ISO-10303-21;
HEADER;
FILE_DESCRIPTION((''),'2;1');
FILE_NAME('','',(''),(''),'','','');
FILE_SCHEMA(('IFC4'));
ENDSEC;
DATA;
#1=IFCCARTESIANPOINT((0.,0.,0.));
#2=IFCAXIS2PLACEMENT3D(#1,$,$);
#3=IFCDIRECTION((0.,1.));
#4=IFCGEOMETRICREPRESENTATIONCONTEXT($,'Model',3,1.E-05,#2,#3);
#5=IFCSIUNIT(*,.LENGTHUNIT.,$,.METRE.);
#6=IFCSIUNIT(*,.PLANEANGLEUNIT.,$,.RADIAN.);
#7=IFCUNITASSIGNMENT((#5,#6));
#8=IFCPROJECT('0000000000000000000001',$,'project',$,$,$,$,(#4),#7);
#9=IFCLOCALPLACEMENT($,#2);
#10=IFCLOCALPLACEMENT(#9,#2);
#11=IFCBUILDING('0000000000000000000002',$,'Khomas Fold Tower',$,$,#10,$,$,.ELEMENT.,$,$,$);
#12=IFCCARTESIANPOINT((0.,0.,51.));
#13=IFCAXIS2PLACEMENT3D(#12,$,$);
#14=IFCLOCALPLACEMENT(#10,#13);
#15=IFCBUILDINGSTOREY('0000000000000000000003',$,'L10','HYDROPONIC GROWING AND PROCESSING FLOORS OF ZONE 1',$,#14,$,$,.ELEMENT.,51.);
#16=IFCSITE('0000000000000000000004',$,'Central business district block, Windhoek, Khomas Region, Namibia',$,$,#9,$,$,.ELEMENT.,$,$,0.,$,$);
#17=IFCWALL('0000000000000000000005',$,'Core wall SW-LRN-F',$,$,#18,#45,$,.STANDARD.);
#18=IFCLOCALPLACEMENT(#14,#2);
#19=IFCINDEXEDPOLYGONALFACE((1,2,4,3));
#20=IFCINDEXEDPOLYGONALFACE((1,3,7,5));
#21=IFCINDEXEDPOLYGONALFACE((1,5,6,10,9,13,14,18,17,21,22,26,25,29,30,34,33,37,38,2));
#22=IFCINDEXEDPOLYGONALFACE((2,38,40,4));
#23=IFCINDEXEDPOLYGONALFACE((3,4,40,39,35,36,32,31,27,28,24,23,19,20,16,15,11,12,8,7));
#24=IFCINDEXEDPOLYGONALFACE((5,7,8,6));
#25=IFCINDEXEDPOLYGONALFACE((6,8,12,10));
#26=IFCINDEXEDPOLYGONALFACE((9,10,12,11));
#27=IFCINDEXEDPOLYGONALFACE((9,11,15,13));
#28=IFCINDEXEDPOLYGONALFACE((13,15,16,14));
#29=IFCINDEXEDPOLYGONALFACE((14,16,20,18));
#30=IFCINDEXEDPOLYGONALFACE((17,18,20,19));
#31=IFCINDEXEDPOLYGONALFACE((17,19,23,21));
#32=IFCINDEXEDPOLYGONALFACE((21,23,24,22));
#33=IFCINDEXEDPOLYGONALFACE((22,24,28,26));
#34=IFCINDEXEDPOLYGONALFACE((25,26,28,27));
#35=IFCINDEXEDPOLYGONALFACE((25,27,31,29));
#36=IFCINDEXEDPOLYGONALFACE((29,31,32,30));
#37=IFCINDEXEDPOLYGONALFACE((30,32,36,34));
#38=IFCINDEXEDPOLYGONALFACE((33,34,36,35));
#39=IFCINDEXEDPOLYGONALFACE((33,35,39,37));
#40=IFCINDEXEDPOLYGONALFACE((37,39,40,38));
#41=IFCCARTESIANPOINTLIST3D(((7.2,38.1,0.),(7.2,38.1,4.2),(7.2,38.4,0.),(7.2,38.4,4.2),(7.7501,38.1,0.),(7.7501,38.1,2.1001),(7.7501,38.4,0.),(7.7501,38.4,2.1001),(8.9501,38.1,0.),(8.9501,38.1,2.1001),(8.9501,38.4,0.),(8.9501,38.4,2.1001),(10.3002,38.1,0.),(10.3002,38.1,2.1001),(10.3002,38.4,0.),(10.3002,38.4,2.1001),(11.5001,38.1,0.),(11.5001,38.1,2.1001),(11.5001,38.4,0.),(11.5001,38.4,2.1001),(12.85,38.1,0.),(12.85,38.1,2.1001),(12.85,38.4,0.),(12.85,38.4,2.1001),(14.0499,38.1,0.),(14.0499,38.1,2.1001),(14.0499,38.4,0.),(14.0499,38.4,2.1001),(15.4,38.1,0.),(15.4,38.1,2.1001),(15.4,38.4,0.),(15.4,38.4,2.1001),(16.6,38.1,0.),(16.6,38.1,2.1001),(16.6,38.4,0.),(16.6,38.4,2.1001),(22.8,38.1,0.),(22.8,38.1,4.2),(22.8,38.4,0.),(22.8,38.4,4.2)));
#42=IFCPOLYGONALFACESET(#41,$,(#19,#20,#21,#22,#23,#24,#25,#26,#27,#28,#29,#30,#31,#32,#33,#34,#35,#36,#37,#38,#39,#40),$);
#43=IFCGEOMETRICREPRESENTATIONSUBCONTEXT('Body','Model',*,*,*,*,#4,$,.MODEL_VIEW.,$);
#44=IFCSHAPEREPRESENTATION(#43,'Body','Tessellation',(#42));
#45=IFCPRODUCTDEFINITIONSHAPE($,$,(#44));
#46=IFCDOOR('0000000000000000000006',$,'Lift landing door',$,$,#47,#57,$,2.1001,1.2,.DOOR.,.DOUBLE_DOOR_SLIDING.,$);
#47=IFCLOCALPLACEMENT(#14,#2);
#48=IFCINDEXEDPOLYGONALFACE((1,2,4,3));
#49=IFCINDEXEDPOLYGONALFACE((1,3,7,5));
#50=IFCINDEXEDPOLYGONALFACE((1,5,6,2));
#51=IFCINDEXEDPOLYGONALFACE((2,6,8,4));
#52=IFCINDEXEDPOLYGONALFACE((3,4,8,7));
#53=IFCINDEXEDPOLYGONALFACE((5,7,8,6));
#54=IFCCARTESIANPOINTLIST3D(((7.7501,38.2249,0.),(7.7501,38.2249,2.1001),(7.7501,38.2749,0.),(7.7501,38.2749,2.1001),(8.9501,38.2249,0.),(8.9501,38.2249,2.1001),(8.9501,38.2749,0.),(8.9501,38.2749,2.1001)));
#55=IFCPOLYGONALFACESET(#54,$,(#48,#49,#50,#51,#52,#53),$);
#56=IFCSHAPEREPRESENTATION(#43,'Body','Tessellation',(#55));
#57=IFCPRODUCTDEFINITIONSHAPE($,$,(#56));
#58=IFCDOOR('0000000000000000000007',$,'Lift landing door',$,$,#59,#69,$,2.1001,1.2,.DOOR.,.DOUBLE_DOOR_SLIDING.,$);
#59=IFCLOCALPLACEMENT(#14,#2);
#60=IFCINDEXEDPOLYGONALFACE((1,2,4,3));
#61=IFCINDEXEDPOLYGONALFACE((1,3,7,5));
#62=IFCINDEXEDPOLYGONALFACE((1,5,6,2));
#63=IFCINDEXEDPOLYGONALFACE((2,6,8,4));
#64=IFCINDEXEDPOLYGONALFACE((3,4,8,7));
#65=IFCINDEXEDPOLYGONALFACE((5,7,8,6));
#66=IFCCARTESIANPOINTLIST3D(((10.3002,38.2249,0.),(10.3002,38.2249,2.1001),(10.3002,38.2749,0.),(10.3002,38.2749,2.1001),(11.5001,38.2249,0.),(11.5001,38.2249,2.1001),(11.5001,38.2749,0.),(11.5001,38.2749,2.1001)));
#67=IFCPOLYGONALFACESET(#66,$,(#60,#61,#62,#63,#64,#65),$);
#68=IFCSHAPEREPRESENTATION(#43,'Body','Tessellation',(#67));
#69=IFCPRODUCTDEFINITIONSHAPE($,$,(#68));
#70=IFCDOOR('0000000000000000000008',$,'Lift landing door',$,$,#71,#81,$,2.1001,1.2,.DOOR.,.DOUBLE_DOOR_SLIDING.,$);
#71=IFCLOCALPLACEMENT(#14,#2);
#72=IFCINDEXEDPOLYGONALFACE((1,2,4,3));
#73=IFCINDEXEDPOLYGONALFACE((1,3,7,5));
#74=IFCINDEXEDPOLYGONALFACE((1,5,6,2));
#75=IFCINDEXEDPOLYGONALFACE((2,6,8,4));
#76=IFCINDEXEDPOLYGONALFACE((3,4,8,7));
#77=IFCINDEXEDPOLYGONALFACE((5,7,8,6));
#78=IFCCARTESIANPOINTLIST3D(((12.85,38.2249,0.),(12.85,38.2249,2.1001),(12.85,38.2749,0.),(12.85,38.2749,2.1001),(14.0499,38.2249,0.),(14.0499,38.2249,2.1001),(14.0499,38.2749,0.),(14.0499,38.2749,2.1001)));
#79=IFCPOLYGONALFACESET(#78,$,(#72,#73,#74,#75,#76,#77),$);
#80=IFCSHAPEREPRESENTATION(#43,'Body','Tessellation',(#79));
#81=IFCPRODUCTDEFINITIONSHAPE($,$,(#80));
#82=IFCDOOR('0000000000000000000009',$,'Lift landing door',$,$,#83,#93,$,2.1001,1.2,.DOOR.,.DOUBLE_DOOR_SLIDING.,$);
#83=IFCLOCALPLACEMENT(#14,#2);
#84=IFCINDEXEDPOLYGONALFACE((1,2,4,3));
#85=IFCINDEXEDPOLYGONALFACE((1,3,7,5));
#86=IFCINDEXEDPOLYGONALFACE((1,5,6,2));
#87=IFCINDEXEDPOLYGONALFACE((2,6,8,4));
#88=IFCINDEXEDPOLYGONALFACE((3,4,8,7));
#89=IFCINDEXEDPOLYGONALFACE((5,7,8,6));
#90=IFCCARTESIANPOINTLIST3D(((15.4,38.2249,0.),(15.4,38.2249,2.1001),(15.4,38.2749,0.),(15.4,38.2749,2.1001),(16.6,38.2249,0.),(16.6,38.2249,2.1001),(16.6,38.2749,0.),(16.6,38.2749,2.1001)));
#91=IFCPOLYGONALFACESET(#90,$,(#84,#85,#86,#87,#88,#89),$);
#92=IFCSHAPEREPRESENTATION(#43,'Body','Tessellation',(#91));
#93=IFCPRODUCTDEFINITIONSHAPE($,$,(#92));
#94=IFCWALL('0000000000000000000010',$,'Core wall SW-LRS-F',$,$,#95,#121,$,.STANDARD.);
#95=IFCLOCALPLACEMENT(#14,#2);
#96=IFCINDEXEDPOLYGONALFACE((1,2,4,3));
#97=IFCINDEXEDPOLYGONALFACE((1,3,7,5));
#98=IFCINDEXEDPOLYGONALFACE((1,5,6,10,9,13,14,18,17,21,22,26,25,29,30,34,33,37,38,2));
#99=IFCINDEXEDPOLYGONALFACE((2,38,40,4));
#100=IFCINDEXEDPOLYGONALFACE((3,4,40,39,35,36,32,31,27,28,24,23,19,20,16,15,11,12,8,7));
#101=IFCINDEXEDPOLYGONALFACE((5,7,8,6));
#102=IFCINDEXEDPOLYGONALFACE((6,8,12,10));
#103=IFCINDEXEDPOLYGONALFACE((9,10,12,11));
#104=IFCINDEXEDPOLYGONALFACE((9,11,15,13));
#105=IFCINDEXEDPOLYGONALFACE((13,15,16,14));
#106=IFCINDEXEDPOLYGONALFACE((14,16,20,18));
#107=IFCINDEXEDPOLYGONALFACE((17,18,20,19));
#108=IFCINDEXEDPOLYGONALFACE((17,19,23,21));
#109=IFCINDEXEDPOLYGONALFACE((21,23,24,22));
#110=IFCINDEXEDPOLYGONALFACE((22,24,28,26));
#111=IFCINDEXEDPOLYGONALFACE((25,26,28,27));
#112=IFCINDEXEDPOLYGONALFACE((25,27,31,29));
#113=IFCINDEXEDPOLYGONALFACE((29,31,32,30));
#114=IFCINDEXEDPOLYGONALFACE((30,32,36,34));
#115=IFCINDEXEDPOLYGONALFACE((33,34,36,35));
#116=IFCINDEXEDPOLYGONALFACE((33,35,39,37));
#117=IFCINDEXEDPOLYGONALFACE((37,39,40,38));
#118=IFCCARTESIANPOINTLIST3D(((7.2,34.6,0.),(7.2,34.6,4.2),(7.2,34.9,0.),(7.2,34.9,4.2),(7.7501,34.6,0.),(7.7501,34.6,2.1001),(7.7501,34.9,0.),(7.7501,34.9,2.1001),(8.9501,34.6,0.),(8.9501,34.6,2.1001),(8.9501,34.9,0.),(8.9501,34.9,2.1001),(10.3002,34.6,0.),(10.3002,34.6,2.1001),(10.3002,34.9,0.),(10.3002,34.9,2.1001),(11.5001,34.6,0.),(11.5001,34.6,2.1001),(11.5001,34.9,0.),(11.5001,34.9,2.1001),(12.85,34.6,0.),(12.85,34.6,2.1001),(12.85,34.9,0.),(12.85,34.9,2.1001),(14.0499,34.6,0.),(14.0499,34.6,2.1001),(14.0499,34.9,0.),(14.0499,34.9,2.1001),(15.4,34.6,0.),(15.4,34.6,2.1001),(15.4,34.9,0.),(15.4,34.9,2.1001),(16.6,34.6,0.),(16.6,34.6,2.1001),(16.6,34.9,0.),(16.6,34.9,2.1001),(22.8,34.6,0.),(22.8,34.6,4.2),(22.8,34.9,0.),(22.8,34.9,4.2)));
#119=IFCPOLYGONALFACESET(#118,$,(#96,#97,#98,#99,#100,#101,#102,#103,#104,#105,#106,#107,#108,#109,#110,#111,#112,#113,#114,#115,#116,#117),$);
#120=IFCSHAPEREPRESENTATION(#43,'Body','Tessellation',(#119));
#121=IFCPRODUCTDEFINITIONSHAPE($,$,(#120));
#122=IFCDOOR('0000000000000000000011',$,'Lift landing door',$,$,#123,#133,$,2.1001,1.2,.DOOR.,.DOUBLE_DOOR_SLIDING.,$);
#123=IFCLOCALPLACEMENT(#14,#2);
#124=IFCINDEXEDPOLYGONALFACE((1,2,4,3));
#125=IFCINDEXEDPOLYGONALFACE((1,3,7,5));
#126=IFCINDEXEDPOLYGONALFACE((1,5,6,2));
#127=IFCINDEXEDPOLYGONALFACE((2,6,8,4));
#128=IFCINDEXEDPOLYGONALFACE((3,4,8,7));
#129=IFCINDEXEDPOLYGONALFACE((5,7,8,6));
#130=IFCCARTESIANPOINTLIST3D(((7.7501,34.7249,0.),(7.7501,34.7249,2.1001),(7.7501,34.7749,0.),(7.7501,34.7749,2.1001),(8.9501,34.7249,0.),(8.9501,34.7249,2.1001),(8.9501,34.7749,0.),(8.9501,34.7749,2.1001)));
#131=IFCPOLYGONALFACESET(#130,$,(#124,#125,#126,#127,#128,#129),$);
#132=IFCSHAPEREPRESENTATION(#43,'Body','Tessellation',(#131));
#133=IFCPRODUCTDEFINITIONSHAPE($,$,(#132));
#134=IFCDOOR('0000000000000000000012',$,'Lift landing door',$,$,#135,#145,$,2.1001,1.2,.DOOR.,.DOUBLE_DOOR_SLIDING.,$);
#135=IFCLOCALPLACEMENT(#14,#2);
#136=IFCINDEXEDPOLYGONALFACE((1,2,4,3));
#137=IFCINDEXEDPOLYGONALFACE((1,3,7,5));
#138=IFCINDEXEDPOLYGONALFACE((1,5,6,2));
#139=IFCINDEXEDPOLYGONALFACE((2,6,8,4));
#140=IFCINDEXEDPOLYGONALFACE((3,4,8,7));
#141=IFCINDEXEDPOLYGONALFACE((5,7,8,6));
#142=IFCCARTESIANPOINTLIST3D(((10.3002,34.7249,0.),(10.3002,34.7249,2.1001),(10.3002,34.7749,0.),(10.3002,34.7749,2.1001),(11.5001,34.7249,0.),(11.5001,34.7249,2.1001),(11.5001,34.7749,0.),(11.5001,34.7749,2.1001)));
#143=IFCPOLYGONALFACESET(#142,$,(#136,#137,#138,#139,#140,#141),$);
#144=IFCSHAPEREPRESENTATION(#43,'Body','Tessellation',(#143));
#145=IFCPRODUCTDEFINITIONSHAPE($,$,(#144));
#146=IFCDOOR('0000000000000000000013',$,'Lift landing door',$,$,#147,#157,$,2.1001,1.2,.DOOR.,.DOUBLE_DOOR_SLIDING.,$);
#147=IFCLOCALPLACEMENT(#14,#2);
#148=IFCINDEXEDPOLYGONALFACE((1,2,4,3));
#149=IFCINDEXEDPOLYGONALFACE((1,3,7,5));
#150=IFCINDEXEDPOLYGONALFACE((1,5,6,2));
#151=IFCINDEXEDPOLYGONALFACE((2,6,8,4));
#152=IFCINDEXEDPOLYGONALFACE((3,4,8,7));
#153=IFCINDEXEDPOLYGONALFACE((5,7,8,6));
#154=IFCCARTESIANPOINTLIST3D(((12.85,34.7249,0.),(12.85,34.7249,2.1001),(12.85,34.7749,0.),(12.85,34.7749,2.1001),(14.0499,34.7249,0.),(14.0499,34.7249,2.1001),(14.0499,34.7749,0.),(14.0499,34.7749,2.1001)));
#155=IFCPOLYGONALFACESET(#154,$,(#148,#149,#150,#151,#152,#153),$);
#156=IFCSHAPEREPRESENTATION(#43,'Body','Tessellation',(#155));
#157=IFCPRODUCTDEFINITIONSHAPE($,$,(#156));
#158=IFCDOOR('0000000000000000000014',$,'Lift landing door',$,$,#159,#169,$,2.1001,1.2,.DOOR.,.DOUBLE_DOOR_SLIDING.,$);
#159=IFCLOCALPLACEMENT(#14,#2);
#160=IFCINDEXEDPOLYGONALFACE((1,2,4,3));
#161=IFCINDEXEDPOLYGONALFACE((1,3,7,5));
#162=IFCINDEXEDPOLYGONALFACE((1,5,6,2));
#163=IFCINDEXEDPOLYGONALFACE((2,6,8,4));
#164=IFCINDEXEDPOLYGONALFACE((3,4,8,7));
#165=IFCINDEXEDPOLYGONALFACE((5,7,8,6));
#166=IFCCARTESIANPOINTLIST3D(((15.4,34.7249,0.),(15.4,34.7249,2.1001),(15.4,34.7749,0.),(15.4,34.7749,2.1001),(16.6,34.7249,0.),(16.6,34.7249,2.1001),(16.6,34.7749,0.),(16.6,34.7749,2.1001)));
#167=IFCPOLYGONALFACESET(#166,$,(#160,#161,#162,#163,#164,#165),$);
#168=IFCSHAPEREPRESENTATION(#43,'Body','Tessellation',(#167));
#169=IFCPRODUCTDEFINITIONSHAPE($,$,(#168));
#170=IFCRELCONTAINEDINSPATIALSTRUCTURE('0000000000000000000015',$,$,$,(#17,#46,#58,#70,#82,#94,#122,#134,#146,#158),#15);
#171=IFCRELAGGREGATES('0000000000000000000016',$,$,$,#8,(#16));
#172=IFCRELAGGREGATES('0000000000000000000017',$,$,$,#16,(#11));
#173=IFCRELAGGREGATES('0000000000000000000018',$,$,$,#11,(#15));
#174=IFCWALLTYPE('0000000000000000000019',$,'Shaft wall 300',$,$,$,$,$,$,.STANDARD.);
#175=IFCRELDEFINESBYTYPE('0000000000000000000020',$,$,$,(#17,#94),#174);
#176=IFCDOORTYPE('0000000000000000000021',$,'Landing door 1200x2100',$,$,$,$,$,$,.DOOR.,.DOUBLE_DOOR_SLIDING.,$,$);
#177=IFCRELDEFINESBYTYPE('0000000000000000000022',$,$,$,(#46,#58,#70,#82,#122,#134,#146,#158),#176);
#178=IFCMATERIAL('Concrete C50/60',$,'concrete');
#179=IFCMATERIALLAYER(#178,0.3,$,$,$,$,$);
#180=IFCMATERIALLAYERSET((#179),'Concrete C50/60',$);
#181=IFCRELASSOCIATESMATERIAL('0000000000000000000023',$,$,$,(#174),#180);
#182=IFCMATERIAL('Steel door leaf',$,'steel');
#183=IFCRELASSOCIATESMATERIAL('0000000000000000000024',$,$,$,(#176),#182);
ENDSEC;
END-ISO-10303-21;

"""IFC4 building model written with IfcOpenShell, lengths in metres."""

from ifc_helpers import new_model, si_unit, direction, frame, frame_2d, origin, place, context, subcontext, project, spatial, rectangle, extrude, source, transform, mapped, material, layer, layer_set, type_object, element, fill, save


model = new_model("IFC4")

# Units and contexts
model_context = context("Model", 3, precision=1e-05, world=origin(), true_north=direction((0.0, 1.0)))
body_context = subcontext(model_context, "Body", "Model", "MODEL_VIEW")
ifc_project = project(units=[si_unit("LENGTHUNIT", "METRE"), si_unit("PLANEANGLEUNIT", "RADIAN")], contexts=[model_context])

# Site, building, storey
site_placement = place(None, origin())
site = spatial("IfcSite", under=ifc_project, at=site_placement, Name="Central business district block, Windhoek, Khomas Region, Namibia", CompositionType="ELEMENT", RefElevation=0.0)
building_placement = place(site_placement, origin())
building = spatial("IfcBuilding", under=site, at=building_placement, Name="Khomas Fold Tower", CompositionType="ELEMENT")
storey_placement = place(building_placement, frame((0.0, 0.0, 51.0)))
storey = spatial("IfcBuildingStorey", under=building, at=storey_placement, Name="L10", Description="HYDROPONIC GROWING AND PROCESSING FLOORS OF ZONE 1", CompositionType="ELEMENT", Elevation=51.0)

# Walls, openings, doors
ifc_material_1 = material(Name="Concrete C50/60", Category="concrete")
ifc_layer_1 = layer(ifc_material_1, 0.3)
ifc_layer_set_1 = layer_set([ifc_layer_1], Name="Concrete C50/60")
wall_type_1 = type_object("IfcWallType", Name="Shaft wall 300", PredefinedType="STANDARD", material=ifc_layer_set_1)
shared_shape_1 = source(origin(), body_context, "Body", "SweptSolid", [
    extrude(rectangle(XDim=15.6001, YDim=0.3, at=frame_2d((7.8, 0.0))), origin(), (0.0, 0.0, 1.0), 4.2),
])
wall_1_placement = place(storey_placement, frame((7.2, 38.25, 0.0), z_axis=(0.0, 0.0, 1.0), x_axis=(1.0, 0.0, 0.0)))
wall_1 = element("IfcWall", 1, at=wall_1_placement, inside=storey, type_object=wall_type_1, Name="Core wall SW-LRN-F", PredefinedType="STANDARD", context=body_context, shape_type="MappedRepresentation", body=[
    mapped(shared_shape_1, transform((0.0, 0.0, 0.0))),
])
shared_shape_2 = source(origin(), body_context, "Body", "SweptSolid", [
    extrude(rectangle(XDim=1.2, YDim=2.1001, at=frame_2d((0.6001, 1.05))), frame((0.0, 0.1599, 0.0), z_axis=(0.0, -1.0, 0.0), x_axis=(1.0, 0.0, 0.0)), (0.0, 0.0, 1.0), 0.3201),
])
opening_1_placement = place(wall_1_placement, frame((0.55, 0.0, 0.0)))
opening_1 = element("IfcOpeningElement", 2, at=opening_1_placement, cuts=wall_1, PredefinedType="OPENING", context=body_context, shape_type="MappedRepresentation", body=[
    mapped(shared_shape_2, transform((0.0, 0.0, 0.0))),
])
opening_2_placement = place(wall_1_placement, frame((3.1001, 0.0, 0.0)))
opening_2 = element("IfcOpeningElement", 3, at=opening_2_placement, cuts=wall_1, PredefinedType="OPENING", context=body_context, shape_type="MappedRepresentation", body=[
    mapped(shared_shape_2, transform((0.0, 0.0, 0.0))),
])
opening_3_placement = place(wall_1_placement, frame((5.6499, 0.0, 0.0)))
opening_3 = element("IfcOpeningElement", 4, at=opening_3_placement, cuts=wall_1, PredefinedType="OPENING", context=body_context, shape_type="MappedRepresentation", body=[
    mapped(shared_shape_2, transform((0.0, 0.0, 0.0))),
])
opening_4_placement = place(wall_1_placement, frame((8.2, 0.0, 0.0)))
opening_4 = element("IfcOpeningElement", 5, at=opening_4_placement, cuts=wall_1, PredefinedType="OPENING", context=body_context, shape_type="MappedRepresentation", body=[
    mapped(shared_shape_2, transform((0.0, 0.0, 0.0))),
])
ifc_material_2 = material(Name="Steel door leaf", Category="steel")
door_type = type_object("IfcDoorType", Name="Landing door 1200x2100", OperationType="DOUBLE_DOOR_SLIDING", PredefinedType="DOOR", material=ifc_material_2)
shared_shape_3 = source(origin(), body_context, "Body", "SweptSolid", [
    extrude(rectangle(XDim=1.2, YDim=2.1001, at=frame_2d((0.6001, 1.05))), frame((0.0, 0.0249, 0.0), z_axis=(0.0, -1.0, 0.0), x_axis=(1.0, 0.0, 0.0)), (0.0, 0.0, 1.0), 0.05),
])
door_1_placement = place(opening_1_placement, origin())
door_1 = element("IfcDoor", 6, at=door_1_placement, inside=storey, type_object=door_type, Name="Lift landing door", OperationType="DOUBLE_DOOR_SLIDING", OverallHeight=2.1001, OverallWidth=1.2, PredefinedType="DOOR", context=body_context, shape_type="MappedRepresentation", body=[
    mapped(shared_shape_3, transform((0.0, 0.0, 0.0))),
])
fill(opening_1, door_1)
door_2_placement = place(opening_2_placement, origin())
door_2 = element("IfcDoor", 7, at=door_2_placement, inside=storey, type_object=door_type, Name="Lift landing door", OperationType="DOUBLE_DOOR_SLIDING", OverallHeight=2.1001, OverallWidth=1.2, PredefinedType="DOOR", context=body_context, shape_type="MappedRepresentation", body=[
    mapped(shared_shape_3, transform((0.0, 0.0, 0.0))),
])
fill(opening_2, door_2)
door_3_placement = place(opening_3_placement, origin())
door_3 = element("IfcDoor", 8, at=door_3_placement, inside=storey, type_object=door_type, Name="Lift landing door", OperationType="DOUBLE_DOOR_SLIDING", OverallHeight=2.1001, OverallWidth=1.2, PredefinedType="DOOR", context=body_context, shape_type="MappedRepresentation", body=[
    mapped(shared_shape_3, transform((0.0, 0.0, 0.0))),
])
fill(opening_3, door_3)
door_4_placement = place(opening_4_placement, origin())
door_4 = element("IfcDoor", 9, at=door_4_placement, inside=storey, type_object=door_type, Name="Lift landing door", OperationType="DOUBLE_DOOR_SLIDING", OverallHeight=2.1001, OverallWidth=1.2, PredefinedType="DOOR", context=body_context, shape_type="MappedRepresentation", body=[
    mapped(shared_shape_3, transform((0.0, 0.0, 0.0))),
])
fill(opening_4, door_4)
wall_2_placement = place(storey_placement, frame((7.2, 34.75, 0.0), z_axis=(0.0, 0.0, 1.0), x_axis=(1.0, 0.0, 0.0)))
wall_2 = element("IfcWall", 10, at=wall_2_placement, inside=storey, type_object=wall_type_1, Name="Core wall SW-LRS-F", PredefinedType="STANDARD", context=body_context, shape_type="MappedRepresentation", body=[
    mapped(shared_shape_1, transform((0.0, 0.0, 0.0))),
])
opening_5_placement = place(wall_2_placement, frame((0.55, 0.0, 0.0)))
opening_5 = element("IfcOpeningElement", 11, at=opening_5_placement, cuts=wall_2, PredefinedType="OPENING", context=body_context, shape_type="MappedRepresentation", body=[
    mapped(shared_shape_2, transform((0.0, 0.0, 0.0))),
])
opening_6_placement = place(wall_2_placement, frame((3.1001, 0.0, 0.0)))
opening_6 = element("IfcOpeningElement", 12, at=opening_6_placement, cuts=wall_2, PredefinedType="OPENING", context=body_context, shape_type="MappedRepresentation", body=[
    mapped(shared_shape_2, transform((0.0, 0.0, 0.0))),
])
opening_7_placement = place(wall_2_placement, frame((5.6499, 0.0, 0.0)))
opening_7 = element("IfcOpeningElement", 13, at=opening_7_placement, cuts=wall_2, PredefinedType="OPENING", context=body_context, shape_type="MappedRepresentation", body=[
    mapped(shared_shape_2, transform((0.0, 0.0, 0.0))),
])
opening_8_placement = place(wall_2_placement, frame((8.2, 0.0, 0.0)))
opening_8 = element("IfcOpeningElement", 14, at=opening_8_placement, cuts=wall_2, PredefinedType="OPENING", context=body_context, shape_type="MappedRepresentation", body=[
    mapped(shared_shape_2, transform((0.0, 0.0, 0.0))),
])
door_5_placement = place(opening_5_placement, origin())
door_5 = element("IfcDoor", 15, at=door_5_placement, inside=storey, type_object=door_type, Name="Lift landing door", OperationType="DOUBLE_DOOR_SLIDING", OverallHeight=2.1001, OverallWidth=1.2, PredefinedType="DOOR", context=body_context, shape_type="MappedRepresentation", body=[
    mapped(shared_shape_3, transform((0.0, 0.0, 0.0))),
])
fill(opening_5, door_5)
door_6_placement = place(opening_6_placement, origin())
door_6 = element("IfcDoor", 16, at=door_6_placement, inside=storey, type_object=door_type, Name="Lift landing door", OperationType="DOUBLE_DOOR_SLIDING", OverallHeight=2.1001, OverallWidth=1.2, PredefinedType="DOOR", context=body_context, shape_type="MappedRepresentation", body=[
    mapped(shared_shape_3, transform((0.0, 0.0, 0.0))),
])
fill(opening_6, door_6)
door_7_placement = place(opening_7_placement, origin())
door_7 = element("IfcDoor", 17, at=door_7_placement, inside=storey, type_object=door_type, Name="Lift landing door", OperationType="DOUBLE_DOOR_SLIDING", OverallHeight=2.1001, OverallWidth=1.2, PredefinedType="DOOR", context=body_context, shape_type="MappedRepresentation", body=[
    mapped(shared_shape_3, transform((0.0, 0.0, 0.0))),
])
fill(opening_7, door_7)
door_8_placement = place(opening_8_placement, origin())
door_8 = element("IfcDoor", 18, at=door_8_placement, inside=storey, type_object=door_type, Name="Lift landing door", OperationType="DOUBLE_DOOR_SLIDING", OverallHeight=2.1001, OverallWidth=1.2, PredefinedType="DOOR", context=body_context, shape_type="MappedRepresentation", body=[
    mapped(shared_shape_3, transform((0.0, 0.0, 0.0))),
])
fill(opening_8, door_8)

save(model, "model.ifc")
